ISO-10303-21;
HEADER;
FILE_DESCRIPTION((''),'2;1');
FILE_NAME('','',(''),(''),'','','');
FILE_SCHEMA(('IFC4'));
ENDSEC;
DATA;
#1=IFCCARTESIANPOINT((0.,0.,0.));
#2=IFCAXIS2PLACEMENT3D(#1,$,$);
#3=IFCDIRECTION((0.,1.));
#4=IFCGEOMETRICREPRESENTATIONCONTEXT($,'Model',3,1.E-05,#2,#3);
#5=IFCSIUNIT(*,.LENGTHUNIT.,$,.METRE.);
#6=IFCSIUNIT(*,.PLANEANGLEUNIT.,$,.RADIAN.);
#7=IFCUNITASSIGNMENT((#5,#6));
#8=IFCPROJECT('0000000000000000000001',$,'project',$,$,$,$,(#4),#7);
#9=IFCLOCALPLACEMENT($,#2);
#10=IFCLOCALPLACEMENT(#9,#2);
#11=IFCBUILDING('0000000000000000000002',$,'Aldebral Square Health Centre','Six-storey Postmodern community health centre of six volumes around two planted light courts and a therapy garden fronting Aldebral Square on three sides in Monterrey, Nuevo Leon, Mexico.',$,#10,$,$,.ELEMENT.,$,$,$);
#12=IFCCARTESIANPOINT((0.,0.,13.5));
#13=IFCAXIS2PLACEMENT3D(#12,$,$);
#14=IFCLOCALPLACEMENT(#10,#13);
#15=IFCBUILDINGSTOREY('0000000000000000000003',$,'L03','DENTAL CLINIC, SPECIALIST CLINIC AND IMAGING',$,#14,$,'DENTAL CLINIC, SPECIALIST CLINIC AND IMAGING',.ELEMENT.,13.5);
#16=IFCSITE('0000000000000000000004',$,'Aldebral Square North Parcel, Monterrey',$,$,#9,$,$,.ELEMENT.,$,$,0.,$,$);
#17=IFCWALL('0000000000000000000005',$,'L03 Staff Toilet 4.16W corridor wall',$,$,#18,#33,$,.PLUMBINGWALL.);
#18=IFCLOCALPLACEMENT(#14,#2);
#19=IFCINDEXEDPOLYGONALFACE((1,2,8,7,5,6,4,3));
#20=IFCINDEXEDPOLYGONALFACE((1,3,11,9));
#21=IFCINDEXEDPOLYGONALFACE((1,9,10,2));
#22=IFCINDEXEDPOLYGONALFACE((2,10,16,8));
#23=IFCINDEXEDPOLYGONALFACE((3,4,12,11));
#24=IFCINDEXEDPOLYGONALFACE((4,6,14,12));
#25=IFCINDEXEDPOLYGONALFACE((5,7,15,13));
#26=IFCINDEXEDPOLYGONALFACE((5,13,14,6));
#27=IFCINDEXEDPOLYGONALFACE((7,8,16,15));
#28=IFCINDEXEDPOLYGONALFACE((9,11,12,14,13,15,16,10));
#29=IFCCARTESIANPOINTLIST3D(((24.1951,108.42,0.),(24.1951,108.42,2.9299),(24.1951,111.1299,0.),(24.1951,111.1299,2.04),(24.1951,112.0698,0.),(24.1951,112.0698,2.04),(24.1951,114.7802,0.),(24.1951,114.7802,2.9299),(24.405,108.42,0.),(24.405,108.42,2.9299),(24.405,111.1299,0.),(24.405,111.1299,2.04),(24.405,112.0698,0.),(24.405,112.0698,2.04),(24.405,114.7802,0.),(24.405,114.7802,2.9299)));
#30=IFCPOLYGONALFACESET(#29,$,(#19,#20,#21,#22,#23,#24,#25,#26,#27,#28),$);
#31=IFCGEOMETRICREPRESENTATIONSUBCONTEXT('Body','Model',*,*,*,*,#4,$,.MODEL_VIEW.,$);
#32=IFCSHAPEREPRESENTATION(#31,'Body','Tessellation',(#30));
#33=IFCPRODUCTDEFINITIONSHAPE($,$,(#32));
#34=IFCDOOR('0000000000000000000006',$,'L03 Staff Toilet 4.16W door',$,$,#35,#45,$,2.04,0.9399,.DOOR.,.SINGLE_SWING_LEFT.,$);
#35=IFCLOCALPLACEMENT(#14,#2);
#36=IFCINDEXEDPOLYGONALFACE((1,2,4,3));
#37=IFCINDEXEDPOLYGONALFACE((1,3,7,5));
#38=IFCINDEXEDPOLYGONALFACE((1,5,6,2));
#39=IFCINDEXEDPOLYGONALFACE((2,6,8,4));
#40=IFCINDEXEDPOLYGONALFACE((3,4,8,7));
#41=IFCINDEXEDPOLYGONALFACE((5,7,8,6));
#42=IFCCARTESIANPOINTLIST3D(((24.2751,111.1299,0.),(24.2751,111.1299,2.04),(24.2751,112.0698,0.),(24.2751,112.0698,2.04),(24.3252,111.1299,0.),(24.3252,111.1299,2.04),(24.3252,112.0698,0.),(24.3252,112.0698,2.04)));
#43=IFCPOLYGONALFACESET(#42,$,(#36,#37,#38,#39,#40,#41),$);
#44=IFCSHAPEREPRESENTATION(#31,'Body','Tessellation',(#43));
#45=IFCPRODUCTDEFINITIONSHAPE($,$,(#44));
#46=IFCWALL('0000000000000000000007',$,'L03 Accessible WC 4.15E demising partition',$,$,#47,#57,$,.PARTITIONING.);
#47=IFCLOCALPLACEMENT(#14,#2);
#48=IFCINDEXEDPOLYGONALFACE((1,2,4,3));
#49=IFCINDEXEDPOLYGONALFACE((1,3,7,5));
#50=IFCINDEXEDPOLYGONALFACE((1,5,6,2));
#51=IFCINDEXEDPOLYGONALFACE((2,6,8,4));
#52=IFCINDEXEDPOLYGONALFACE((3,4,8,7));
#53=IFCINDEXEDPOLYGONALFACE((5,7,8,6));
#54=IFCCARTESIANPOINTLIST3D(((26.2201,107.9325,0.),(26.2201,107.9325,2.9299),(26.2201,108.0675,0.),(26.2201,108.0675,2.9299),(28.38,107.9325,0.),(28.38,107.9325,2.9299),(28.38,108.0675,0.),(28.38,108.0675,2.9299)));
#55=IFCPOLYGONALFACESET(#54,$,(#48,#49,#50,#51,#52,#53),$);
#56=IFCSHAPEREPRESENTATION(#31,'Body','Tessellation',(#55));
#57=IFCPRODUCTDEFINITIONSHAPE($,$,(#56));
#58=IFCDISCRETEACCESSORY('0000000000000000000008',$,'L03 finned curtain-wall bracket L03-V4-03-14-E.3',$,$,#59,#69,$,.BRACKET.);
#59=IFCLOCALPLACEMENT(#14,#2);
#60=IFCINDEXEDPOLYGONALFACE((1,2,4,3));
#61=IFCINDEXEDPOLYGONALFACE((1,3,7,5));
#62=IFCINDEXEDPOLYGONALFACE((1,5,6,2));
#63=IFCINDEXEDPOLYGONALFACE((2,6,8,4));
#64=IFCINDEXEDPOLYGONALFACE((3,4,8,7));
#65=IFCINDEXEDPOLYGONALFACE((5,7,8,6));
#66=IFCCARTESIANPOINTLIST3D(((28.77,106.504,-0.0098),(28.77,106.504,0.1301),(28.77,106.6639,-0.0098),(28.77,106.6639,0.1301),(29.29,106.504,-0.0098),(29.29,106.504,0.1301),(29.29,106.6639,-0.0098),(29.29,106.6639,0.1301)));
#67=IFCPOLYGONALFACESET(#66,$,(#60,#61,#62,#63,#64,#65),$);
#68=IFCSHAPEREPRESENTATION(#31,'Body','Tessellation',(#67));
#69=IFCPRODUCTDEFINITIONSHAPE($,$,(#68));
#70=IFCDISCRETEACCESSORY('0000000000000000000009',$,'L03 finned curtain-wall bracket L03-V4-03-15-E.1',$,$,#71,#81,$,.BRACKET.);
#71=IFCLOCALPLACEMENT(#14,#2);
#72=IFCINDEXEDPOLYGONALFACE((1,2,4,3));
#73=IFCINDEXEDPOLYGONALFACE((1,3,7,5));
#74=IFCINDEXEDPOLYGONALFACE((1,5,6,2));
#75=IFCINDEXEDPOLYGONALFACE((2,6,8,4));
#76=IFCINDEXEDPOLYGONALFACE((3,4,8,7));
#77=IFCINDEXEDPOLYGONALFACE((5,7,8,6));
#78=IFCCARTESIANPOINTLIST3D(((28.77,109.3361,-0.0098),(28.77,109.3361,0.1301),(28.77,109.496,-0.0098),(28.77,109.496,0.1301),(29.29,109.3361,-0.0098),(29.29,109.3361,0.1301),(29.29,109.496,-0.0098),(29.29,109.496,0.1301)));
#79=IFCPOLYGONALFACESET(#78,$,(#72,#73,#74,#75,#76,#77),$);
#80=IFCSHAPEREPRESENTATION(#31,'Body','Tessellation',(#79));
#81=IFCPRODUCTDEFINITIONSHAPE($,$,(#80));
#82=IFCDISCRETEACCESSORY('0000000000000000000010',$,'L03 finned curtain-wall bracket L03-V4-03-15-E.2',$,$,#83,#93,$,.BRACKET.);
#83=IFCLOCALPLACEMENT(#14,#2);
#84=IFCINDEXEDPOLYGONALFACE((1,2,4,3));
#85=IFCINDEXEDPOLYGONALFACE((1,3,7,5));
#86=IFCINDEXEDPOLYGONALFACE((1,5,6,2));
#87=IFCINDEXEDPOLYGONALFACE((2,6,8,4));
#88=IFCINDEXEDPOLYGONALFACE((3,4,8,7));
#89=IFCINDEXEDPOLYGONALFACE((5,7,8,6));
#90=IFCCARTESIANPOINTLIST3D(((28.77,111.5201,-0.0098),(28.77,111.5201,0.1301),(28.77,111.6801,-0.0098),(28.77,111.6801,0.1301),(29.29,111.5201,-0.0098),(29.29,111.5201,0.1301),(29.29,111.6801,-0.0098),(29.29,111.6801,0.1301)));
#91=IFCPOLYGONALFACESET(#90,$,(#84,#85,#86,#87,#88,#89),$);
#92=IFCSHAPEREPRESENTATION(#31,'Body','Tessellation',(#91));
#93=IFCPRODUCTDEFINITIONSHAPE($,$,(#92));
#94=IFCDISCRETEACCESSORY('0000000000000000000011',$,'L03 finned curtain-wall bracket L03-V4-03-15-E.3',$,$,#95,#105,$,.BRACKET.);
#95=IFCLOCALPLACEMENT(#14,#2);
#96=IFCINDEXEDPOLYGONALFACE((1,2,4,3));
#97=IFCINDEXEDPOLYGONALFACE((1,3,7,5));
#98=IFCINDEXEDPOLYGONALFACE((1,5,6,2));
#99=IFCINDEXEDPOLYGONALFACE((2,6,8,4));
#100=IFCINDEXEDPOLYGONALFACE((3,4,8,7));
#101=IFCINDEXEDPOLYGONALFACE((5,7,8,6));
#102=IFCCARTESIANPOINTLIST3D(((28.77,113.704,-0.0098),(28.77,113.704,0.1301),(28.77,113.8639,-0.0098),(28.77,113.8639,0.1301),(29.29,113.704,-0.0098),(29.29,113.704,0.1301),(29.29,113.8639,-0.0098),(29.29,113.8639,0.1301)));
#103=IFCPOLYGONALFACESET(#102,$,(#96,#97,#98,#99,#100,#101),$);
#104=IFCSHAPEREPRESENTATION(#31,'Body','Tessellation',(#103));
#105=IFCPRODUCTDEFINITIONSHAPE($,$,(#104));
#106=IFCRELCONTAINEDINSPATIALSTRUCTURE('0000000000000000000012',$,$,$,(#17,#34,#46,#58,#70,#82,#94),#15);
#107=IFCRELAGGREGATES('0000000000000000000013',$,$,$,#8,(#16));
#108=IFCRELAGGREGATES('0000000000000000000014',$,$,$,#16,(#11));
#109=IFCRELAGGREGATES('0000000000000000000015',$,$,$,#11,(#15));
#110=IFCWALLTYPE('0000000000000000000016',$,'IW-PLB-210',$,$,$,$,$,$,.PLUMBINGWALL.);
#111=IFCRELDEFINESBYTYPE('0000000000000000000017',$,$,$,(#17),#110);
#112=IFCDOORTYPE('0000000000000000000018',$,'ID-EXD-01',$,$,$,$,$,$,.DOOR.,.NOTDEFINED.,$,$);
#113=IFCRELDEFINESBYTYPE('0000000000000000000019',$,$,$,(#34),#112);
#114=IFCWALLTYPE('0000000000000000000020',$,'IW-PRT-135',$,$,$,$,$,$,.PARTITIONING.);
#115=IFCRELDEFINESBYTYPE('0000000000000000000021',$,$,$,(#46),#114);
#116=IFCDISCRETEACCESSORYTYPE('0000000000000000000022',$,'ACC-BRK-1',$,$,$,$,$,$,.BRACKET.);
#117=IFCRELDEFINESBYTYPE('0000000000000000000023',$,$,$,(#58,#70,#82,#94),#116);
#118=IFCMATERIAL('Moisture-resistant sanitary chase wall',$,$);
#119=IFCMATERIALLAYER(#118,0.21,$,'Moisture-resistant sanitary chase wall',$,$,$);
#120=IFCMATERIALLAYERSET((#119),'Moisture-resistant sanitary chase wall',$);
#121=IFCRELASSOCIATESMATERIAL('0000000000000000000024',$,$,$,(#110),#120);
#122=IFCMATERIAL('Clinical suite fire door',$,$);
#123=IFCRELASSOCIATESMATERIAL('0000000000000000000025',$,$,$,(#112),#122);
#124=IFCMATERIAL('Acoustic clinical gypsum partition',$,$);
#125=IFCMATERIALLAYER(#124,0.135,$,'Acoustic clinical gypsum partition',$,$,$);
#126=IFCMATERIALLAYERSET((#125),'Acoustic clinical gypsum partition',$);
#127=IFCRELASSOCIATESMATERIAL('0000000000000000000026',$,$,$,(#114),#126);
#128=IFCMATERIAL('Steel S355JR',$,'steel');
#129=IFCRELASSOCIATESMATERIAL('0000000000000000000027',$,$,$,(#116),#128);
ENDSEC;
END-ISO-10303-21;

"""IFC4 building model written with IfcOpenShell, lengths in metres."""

from ifc_helpers import new_model, si_unit, direction, frame, frame_2d, origin, origin_2d, place, context, subcontext, project, spatial, rectangle, extrude, material, layer, layer_set, type_object, element, fill, save


model = new_model("IFC4")

# Units and contexts
model_context = context("Model", 3, precision=1e-05, world=origin(), true_north=direction((0.0, 1.0)))
body_context = subcontext(model_context, "Body", "Model", "MODEL_VIEW")
ifc_project = project(units=[si_unit("LENGTHUNIT", "METRE"), si_unit("PLANEANGLEUNIT", "RADIAN")], contexts=[model_context])

# Site, building, storey
site_placement = place(None, origin())
site = spatial("IfcSite", under=ifc_project, at=site_placement, Name="Aldebral Square North Parcel, Monterrey", CompositionType="ELEMENT", RefElevation=0.0)
building_placement = place(site_placement, origin())
building = spatial("IfcBuilding", under=site, at=building_placement, Name="Aldebral Square Health Centre", Description="Six-storey Postmodern community health centre of six volumes around two planted light courts and a therapy garden fronting Aldebral Square on three sides in Monterrey, Nuevo Leon, Mexico.", CompositionType="ELEMENT")
storey_placement = place(building_placement, frame((0.0, 0.0, 13.5)))
storey = spatial("IfcBuildingStorey", under=building, at=storey_placement, Name="L03", Description="DENTAL CLINIC, SPECIALIST CLINIC AND IMAGING", LongName="DENTAL CLINIC, SPECIALIST CLINIC AND IMAGING", CompositionType="ELEMENT", Elevation=13.5)

# Wall, opening, door
ifc_material_1 = material(Name="Clinical suite fire door")
ifc_material_2 = material(Name="Moisture-resistant sanitary chase wall")
ifc_layer_1 = layer(ifc_material_2, 0.21, Name="Moisture-resistant sanitary chase wall")
ifc_layer_set_1 = layer_set([ifc_layer_1], Name="Moisture-resistant sanitary chase wall")
wall_type_1 = type_object("IfcWallType", Name="IW-PLB-210", PredefinedType="PLUMBINGWALL", material=ifc_layer_set_1)
wall_1_placement = place(storey_placement, frame((24.3, 108.4199, 0.0), z_axis=(0.0, 0.0, 1.0), x_axis=(0.0, 1.0, 0.0)))
wall_1 = element("IfcWall", 1, at=wall_1_placement, inside=storey, type_object=wall_type_1, Name="L03 Staff Toilet 4.16W corridor wall", PredefinedType="PLUMBINGWALL", context=body_context, shape_type="SweptSolid", body=[
    extrude(rectangle(XDim=6.3601, YDim=0.21, at=frame_2d((3.1802, 0.0))), origin(), (0.0, 0.0, 1.0), 2.9299),
])
opening_1_placement = place(wall_1_placement, frame((2.71, 0.0, 0.0)))
opening_1 = element("IfcOpeningElement", 2, at=opening_1_placement, cuts=wall_1, PredefinedType="OPENING", context=body_context, shape_type="SweptSolid", body=[
    extrude(rectangle(XDim=0.9399, YDim=2.04, at=frame_2d((0.47, 1.02))), frame((0.0, 0.115, 0.0), z_axis=(0.0, -1.0, 0.0), x_axis=(1.0, 0.0, 0.0)), (0.0, 0.0, 1.0), 0.23),
])
door_type_1 = type_object("IfcDoorType", Name="ID-EXD-01", OperationType="NOTDEFINED", PredefinedType="DOOR", material=ifc_material_1)
door_1_placement = place(opening_1_placement, origin())
door_1 = element("IfcDoor", 3, at=door_1_placement, inside=storey, type_object=door_type_1, Name="L03 Staff Toilet 4.16W door", OperationType="SINGLE_SWING_LEFT", OverallHeight=2.04, OverallWidth=0.9399, PredefinedType="DOOR", context=body_context, shape_type="SweptSolid", body=[
    extrude(rectangle(XDim=0.9399, YDim=2.04, at=frame_2d((0.47, 1.02))), frame((0.0, 0.0249, 0.0), z_axis=(0.0, -1.0, 0.0), x_axis=(1.0, 0.0, 0.0)), (0.0, 0.0, 1.0), 0.05),
])
fill(opening_1, door_1)

# Wall
ifc_material_3 = material(Name="Acoustic clinical gypsum partition")
ifc_layer_2 = layer(ifc_material_3, 0.135, Name="Acoustic clinical gypsum partition")
ifc_layer_set_2 = layer_set([ifc_layer_2], Name="Acoustic clinical gypsum partition")
wall_type_2 = type_object("IfcWallType", Name="IW-PRT-135", PredefinedType="PARTITIONING", material=ifc_layer_set_2)
wall_2_placement = place(storey_placement, frame((26.22, 108.0, 0.0), z_axis=(0.0, 0.0, 1.0), x_axis=(1.0, 0.0, 0.0)))
element("IfcWall", 4, at=wall_2_placement, inside=storey, type_object=wall_type_2, Name="L03 Accessible WC 4.15E demising partition", PredefinedType="PARTITIONING", context=body_context, shape_type="SweptSolid", body=[
    extrude(rectangle(XDim=2.1599, YDim=0.135, at=frame_2d((1.0801, 0.0))), origin(), (0.0, 0.0, 1.0), 2.9299),
])

# Discrete accessories
ifc_material_4 = material(Name="Steel S355JR", Category="steel")
discrete_accessory_type = type_object("IfcDiscreteAccessoryType", Name="ACC-BRK-1", PredefinedType="BRACKET", material=ifc_material_4)
for number, where, z_axis, x_axis, name in (
    (5, (29.03, 106.584, -0.0098), (0.0, 0.0, 1.0), (0.0, 1.0, 0.0), "L03 finned curtain-wall bracket L03-V4-03-14-E.3"),
    (6, (29.03, 109.416, -0.0098), (0.0, 0.0, 1.0), (0.0, 1.0, 0.0), "L03 finned curtain-wall bracket L03-V4-03-15-E.1"),
    (7, (29.03, 111.6001, -0.0098), (0.0, 0.0, 1.0), (0.0, 1.0, 0.0), "L03 finned curtain-wall bracket L03-V4-03-15-E.2"),
    (8, (29.03, 113.7839, -0.0098), (0.0, 0.0, 1.0), (0.0, 1.0, 0.0), "L03 finned curtain-wall bracket L03-V4-03-15-E.3"),
):
    element("IfcDiscreteAccessory", number, at=place(storey_placement, frame(where, z_axis=z_axis, x_axis=x_axis)), inside=storey, type_object=discrete_accessory_type, Name=name, PredefinedType="BRACKET", context=body_context, shape_type="SweptSolid", body=[
        extrude(rectangle(XDim=0.1599, YDim=0.52, at=origin_2d()), origin(), (0.0, 0.0, 1.0), 0.1399),
    ])

save(model, "model.ifc")
